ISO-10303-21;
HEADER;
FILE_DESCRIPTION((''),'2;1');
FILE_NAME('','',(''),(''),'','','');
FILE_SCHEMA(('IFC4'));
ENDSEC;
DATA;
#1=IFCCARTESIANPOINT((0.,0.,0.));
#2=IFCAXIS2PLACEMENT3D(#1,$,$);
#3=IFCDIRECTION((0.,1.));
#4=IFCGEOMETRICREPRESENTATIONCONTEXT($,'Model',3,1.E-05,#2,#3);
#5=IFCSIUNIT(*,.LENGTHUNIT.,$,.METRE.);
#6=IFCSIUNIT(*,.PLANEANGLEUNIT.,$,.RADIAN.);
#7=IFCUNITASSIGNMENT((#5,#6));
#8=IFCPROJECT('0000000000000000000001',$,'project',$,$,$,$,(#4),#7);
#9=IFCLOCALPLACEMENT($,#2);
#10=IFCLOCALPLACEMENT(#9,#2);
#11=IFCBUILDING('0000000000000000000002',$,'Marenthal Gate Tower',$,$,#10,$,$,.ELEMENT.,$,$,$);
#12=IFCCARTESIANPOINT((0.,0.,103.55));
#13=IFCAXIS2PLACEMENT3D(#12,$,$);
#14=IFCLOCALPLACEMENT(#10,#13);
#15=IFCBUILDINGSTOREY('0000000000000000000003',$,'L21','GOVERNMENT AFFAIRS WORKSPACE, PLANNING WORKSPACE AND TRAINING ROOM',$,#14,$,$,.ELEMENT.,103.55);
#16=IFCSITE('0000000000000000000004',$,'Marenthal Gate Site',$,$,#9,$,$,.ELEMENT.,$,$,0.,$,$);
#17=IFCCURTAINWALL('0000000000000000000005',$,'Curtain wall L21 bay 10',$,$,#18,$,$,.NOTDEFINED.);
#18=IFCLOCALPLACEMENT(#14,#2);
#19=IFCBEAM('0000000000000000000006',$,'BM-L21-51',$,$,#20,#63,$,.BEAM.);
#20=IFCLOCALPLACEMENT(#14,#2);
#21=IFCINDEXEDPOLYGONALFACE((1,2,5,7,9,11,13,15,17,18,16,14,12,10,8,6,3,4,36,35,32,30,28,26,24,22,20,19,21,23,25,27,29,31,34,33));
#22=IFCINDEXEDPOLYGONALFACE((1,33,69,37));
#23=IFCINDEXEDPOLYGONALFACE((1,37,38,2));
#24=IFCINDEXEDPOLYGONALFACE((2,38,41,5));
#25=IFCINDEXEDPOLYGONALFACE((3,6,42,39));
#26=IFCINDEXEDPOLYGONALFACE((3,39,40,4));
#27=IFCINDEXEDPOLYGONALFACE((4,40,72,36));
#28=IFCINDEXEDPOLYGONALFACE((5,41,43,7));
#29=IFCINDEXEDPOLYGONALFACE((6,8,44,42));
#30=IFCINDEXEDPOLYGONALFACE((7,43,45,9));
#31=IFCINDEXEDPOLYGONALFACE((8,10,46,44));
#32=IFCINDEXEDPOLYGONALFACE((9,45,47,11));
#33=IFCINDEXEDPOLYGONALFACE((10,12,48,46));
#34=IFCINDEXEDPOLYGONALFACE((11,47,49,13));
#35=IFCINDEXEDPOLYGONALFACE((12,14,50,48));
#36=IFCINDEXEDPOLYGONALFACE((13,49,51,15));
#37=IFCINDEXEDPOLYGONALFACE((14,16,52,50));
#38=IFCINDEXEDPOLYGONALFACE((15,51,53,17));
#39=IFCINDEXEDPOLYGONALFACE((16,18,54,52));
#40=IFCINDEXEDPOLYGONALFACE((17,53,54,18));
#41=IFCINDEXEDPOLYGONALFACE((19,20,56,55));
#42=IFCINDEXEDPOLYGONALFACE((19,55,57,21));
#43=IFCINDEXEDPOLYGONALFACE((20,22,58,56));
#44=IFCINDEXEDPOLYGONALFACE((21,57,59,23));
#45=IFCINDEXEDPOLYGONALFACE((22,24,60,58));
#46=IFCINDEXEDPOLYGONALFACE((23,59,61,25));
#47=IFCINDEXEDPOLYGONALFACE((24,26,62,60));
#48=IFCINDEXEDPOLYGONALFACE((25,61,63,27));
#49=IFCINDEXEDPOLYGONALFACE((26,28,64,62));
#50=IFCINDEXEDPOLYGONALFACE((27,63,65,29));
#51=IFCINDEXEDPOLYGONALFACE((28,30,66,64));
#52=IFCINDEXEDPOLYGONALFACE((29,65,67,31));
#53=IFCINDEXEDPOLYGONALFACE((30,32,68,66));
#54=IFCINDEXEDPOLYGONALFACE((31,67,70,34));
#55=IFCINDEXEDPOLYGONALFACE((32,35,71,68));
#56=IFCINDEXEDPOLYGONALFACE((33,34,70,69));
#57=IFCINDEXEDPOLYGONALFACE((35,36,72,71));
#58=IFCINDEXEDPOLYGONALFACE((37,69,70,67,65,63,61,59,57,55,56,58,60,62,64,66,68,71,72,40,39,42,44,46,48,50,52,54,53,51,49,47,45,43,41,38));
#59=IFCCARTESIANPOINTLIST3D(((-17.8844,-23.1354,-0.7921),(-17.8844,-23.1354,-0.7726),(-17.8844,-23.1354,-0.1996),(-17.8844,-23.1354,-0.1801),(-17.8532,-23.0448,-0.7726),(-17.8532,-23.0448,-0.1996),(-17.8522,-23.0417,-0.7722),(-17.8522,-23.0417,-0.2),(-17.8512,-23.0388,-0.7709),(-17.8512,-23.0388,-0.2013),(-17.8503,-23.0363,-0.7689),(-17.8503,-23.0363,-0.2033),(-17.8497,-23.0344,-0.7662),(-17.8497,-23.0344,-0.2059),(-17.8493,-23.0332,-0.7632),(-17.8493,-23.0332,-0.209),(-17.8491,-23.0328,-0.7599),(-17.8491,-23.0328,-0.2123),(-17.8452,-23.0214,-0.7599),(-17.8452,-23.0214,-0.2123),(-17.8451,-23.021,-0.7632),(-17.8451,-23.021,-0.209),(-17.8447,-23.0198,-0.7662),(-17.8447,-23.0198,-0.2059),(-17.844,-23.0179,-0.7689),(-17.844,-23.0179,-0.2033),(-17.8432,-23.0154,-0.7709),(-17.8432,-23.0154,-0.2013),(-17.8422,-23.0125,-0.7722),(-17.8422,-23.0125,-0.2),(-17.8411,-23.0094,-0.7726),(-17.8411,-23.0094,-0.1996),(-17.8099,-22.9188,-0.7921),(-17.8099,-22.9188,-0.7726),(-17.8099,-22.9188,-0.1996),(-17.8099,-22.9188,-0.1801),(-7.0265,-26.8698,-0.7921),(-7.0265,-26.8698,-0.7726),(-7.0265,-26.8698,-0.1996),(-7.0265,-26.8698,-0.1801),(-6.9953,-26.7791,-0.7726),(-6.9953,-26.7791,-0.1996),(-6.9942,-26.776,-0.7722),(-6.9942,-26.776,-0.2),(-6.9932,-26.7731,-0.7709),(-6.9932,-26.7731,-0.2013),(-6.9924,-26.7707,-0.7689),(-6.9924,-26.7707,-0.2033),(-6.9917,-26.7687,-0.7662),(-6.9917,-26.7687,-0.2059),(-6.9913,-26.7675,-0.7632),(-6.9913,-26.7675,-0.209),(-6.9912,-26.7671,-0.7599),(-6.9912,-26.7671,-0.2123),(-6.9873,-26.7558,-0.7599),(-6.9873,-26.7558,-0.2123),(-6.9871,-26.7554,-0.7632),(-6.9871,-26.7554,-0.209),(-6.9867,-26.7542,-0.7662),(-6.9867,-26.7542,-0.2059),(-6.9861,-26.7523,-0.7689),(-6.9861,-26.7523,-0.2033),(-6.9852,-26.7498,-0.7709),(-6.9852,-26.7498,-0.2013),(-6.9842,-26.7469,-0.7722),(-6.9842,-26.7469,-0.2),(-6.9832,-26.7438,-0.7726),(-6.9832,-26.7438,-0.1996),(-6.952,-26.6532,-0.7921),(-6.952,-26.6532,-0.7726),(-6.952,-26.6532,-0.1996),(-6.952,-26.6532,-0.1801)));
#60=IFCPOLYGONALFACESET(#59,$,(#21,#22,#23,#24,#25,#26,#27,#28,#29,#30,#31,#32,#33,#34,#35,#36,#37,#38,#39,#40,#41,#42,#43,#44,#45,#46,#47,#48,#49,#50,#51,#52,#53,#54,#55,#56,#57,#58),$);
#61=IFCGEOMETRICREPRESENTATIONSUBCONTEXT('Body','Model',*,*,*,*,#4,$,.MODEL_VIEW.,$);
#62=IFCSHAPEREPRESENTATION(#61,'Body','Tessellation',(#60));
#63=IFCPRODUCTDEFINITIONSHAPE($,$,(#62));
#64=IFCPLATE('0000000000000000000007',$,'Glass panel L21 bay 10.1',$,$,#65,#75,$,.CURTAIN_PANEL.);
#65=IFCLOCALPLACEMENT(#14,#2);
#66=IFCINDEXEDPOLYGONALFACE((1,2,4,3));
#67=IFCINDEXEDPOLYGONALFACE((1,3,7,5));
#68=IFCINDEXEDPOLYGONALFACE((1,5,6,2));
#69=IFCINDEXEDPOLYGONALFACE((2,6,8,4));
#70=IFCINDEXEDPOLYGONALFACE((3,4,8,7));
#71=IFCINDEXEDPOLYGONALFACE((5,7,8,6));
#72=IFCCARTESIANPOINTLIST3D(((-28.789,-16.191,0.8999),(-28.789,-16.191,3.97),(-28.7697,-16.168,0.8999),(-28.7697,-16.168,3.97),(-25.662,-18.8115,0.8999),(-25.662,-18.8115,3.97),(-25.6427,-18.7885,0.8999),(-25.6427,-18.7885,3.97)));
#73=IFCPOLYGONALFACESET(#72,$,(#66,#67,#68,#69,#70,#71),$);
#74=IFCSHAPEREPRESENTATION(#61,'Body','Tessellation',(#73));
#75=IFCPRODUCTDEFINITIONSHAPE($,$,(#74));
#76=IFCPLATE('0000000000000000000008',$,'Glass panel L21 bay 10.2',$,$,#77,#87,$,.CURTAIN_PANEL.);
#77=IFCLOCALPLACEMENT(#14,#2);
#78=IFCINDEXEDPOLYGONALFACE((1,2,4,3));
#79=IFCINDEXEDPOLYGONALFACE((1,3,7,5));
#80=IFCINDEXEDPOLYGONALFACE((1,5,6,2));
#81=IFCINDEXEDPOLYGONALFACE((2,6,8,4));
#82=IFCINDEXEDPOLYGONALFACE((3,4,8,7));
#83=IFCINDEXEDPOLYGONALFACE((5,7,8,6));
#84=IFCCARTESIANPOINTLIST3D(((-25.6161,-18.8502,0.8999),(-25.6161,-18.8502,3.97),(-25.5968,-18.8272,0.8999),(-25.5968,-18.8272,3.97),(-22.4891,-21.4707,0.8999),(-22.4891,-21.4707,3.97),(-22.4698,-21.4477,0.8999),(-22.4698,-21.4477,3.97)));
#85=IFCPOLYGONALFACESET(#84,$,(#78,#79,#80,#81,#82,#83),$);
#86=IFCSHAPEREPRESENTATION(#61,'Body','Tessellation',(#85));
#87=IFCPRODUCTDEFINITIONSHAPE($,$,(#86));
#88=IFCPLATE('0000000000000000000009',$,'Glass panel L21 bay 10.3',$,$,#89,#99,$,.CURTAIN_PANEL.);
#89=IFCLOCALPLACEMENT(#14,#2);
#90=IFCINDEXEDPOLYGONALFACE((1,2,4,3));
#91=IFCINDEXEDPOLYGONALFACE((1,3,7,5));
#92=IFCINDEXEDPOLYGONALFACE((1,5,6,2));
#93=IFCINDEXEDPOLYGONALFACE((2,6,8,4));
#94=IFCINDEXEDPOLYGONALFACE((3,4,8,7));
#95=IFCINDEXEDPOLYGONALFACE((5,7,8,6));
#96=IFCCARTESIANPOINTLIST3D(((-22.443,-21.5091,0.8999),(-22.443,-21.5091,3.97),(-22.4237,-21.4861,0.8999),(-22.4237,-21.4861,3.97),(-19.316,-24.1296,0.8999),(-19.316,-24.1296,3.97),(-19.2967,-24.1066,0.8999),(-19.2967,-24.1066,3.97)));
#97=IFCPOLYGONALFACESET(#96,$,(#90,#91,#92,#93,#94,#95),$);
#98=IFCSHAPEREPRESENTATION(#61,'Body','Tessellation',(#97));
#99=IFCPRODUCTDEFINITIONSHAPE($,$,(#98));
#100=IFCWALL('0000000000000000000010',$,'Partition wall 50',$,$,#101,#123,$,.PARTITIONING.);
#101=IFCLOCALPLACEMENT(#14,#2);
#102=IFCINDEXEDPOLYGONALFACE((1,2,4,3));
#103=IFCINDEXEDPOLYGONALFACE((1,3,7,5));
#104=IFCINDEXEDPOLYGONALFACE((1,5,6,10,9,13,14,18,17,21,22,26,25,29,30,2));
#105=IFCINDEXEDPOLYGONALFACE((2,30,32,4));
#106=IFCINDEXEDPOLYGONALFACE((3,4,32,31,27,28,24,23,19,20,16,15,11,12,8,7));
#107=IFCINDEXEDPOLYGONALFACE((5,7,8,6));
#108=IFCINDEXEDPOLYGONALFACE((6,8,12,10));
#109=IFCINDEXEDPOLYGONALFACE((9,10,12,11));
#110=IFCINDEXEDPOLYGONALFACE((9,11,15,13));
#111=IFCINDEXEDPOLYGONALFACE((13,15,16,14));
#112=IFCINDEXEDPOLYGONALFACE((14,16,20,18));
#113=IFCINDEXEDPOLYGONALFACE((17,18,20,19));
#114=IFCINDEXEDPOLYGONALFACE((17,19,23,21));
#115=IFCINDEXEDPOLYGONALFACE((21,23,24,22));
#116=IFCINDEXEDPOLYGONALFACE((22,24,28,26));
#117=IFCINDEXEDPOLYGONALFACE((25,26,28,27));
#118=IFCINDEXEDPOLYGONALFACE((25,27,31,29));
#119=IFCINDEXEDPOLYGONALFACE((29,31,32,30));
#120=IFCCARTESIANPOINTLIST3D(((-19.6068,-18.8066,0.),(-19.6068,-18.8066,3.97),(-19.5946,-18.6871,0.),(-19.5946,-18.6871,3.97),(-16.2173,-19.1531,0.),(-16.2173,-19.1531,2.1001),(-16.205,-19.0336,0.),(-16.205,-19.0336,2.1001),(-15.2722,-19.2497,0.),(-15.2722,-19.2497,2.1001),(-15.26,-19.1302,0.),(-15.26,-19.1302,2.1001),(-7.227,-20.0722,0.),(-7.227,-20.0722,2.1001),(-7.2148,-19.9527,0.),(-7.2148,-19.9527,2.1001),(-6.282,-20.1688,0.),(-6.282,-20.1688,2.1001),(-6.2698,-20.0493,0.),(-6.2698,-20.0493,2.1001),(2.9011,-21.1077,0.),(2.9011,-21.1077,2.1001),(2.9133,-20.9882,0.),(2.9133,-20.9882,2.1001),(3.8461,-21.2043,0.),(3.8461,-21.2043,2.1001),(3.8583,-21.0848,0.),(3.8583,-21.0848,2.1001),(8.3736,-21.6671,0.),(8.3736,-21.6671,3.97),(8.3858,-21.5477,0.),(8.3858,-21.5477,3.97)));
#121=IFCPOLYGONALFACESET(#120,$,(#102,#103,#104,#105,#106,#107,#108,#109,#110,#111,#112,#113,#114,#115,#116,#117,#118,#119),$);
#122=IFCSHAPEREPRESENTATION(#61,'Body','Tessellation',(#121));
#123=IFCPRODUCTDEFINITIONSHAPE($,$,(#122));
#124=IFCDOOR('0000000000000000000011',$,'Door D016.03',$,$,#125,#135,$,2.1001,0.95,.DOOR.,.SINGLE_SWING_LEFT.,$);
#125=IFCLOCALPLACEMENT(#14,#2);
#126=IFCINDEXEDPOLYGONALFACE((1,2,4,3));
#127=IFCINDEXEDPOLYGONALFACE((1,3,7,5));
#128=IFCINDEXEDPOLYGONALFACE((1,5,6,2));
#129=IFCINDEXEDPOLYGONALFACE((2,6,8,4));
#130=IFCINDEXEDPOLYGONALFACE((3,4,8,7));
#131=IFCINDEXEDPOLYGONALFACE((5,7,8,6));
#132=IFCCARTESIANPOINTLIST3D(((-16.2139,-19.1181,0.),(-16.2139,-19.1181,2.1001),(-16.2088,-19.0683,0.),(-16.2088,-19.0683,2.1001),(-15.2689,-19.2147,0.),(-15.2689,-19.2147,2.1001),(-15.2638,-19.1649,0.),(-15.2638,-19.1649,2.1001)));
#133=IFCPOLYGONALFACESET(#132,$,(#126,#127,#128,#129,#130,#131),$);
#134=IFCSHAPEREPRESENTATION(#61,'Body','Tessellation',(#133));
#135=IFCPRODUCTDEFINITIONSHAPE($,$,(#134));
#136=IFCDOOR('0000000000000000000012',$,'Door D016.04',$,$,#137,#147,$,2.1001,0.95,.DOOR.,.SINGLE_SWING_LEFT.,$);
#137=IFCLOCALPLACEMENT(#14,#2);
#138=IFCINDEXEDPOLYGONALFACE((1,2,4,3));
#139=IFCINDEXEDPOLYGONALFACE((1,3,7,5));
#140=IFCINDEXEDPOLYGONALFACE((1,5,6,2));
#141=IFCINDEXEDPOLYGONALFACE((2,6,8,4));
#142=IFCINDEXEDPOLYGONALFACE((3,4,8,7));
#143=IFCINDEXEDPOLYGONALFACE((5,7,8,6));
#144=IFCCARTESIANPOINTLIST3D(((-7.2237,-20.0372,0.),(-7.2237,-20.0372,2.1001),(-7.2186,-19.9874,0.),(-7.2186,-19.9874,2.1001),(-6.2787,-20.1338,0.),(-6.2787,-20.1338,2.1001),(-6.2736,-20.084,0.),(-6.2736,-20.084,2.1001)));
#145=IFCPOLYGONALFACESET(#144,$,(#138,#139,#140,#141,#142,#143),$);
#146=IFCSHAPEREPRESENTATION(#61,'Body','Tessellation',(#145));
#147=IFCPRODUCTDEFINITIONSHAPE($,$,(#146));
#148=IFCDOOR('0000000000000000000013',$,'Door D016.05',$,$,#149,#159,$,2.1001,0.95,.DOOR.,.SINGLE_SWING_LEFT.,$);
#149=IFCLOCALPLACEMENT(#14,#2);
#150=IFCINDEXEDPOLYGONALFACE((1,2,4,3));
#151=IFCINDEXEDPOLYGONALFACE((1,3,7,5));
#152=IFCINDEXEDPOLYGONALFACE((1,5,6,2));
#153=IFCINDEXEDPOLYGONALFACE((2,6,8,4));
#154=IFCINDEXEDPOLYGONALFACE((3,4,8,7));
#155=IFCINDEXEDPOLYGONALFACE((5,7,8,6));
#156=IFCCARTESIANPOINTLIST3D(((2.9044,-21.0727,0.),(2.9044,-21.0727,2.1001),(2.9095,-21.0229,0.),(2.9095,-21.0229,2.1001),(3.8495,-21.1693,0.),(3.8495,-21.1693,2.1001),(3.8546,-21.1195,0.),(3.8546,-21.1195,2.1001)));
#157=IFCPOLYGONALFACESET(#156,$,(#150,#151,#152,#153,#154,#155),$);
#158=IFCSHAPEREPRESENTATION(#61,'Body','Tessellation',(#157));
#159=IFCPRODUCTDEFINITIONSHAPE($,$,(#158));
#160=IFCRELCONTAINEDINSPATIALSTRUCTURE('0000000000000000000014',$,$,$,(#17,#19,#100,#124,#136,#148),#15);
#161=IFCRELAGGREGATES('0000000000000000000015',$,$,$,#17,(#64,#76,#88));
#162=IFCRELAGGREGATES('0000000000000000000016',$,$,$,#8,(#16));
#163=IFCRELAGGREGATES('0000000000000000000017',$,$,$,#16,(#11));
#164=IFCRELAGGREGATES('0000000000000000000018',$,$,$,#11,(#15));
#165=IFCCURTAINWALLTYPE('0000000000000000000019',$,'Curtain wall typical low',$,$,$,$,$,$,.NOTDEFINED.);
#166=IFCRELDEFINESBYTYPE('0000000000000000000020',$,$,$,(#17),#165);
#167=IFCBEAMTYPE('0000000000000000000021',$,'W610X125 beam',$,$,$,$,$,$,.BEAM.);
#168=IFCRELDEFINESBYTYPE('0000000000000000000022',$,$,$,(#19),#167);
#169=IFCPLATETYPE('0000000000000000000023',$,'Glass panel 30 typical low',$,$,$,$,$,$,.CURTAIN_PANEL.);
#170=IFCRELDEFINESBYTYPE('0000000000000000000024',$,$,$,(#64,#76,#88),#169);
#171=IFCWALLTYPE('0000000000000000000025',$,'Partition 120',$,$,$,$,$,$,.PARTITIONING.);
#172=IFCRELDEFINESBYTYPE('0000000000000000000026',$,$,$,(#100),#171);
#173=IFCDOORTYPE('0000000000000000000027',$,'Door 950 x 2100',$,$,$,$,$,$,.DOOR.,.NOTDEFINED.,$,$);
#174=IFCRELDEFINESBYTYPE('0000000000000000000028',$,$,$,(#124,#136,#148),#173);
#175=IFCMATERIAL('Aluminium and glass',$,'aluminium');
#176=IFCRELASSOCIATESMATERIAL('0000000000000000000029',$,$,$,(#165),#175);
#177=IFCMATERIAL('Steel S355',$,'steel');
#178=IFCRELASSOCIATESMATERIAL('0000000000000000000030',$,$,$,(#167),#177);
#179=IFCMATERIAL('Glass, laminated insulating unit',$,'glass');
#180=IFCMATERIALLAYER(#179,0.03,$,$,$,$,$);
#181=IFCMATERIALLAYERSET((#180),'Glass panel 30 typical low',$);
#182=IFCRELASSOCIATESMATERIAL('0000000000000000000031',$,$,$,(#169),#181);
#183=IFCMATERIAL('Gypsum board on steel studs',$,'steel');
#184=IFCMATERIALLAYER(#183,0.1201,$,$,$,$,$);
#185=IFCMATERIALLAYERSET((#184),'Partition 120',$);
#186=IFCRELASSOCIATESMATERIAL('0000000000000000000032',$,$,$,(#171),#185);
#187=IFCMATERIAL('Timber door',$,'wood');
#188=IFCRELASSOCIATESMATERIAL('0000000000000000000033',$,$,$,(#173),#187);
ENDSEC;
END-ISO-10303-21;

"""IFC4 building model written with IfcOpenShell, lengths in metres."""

from ifc_helpers import new_model, si_unit, direction, frame, frame_2d, origin, origin_2d, place, context, subcontext, project, spatial, rectangle, i_section, extrude, material, layer, layer_set, material_profile, profile_set, type_object, element, fill, aggregate, save


model = new_model("IFC4")

# Units and contexts
model_context = context("Model", 3, precision=1e-05, world=origin(), true_north=direction((0.0, 1.0)))
body_context = subcontext(model_context, "Body", "Model", "MODEL_VIEW")
ifc_project = project(units=[si_unit("LENGTHUNIT", "METRE"), si_unit("PLANEANGLEUNIT", "RADIAN")], contexts=[model_context])

# Site, building, storey
site_placement = place(None, origin())
site = spatial("IfcSite", under=ifc_project, at=site_placement, Name="Marenthal Gate Site", CompositionType="ELEMENT", RefElevation=0.0)
building_placement = place(site_placement, origin())
building = spatial("IfcBuilding", under=site, at=building_placement, Name="Marenthal Gate Tower", CompositionType="ELEMENT")
storey_placement = place(building_placement, frame((0.0, 0.0, 103.55)))
storey = spatial("IfcBuildingStorey", under=building, at=storey_placement, Name="L21", Description="GOVERNMENT AFFAIRS WORKSPACE, PLANNING WORKSPACE AND TRAINING ROOM", CompositionType="ELEMENT", Elevation=103.55)

# Curtain wall
ifc_material_1 = material(Name="Aluminium and glass", Category="aluminium")
curtain_wall_type = type_object("IfcCurtainWallType", Name="Curtain wall typical low", PredefinedType="NOTDEFINED", material=ifc_material_1)
curtain_wall_placement = place(storey_placement, origin())
curtain_wall = element("IfcCurtainWall", 1, at=curtain_wall_placement, inside=storey, type_object=curtain_wall_type, Name="Curtain wall L21 bay 10", PredefinedType="NOTDEFINED")

# Beam
ifc_material_2 = material(Name="Steel S355", Category="steel")
ifc_material_profile_1 = material_profile(ifc_material_2, i_section(OverallWidth=0.229, OverallDepth=0.6121, WebThickness=0.012, FlangeThickness=0.0195, FilletRadius=0.0127, at=origin_2d()), Name="W610X125")
ifc_profile_set_1 = profile_set([ifc_material_profile_1], Name="Steel S355")
beam_type_1 = type_object("IfcBeamType", Name="W610X125 beam", PredefinedType="BEAM", material=ifc_profile_set_1)
beam_1_placement = place(storey_placement, frame((-17.8472, -23.0271, -0.4861), z_axis=(0.945634, -0.325233, 0.0), x_axis=(0.325233, 0.945634, 0.0)))
element("IfcBeam", 2, at=beam_1_placement, inside=storey, type_object=beam_type_1, Name="BM-L21-51", PredefinedType="BEAM", context=body_context, shape_type="SweptSolid", body=[
    extrude(i_section(OverallWidth=0.229, OverallDepth=0.6121, WebThickness=0.012, FlangeThickness=0.0195, FilletRadius=0.0127, at=origin_2d()), origin(), (0.0, 0.0, 1.0), 11.4822),
])

# Plates
ifc_material_3 = material(Name="Glass, laminated insulating unit", Category="glass")
ifc_layer_1 = layer(ifc_material_3, 0.03)
ifc_layer_set_1 = layer_set([ifc_layer_1], Name="Glass panel 30 typical low")
plate_type = type_object("IfcPlateType", Name="Glass panel 30 typical low", PredefinedType="CURTAIN_PANEL", material=ifc_layer_set_1)
plate_1_placement = place(storey_placement, frame((-27.2158, -17.4897, 0.8999), z_axis=(0.0, 0.0, 1.0), x_axis=(0.766447, -0.642308, 0.0)))
plate_1 = element("IfcPlate", 3, at=plate_1_placement, type_object=plate_type, Name="Glass panel L21 bay 10.1", PredefinedType="CURTAIN_PANEL", context=body_context, shape_type="SweptSolid", body=[
    extrude(rectangle(XDim=4.0798, YDim=0.03, at=origin_2d()), origin(), (0.0, 0.0, 1.0), 3.0701),
])
plate_2_placement = place(storey_placement, frame((-24.043, -20.1489, 0.8999), z_axis=(0.0, 0.0, 1.0), x_axis=(0.766447, -0.642308, 0.0)))
plate_2 = element("IfcPlate", 4, at=plate_2_placement, type_object=plate_type, Name="Glass panel L21 bay 10.2", PredefinedType="CURTAIN_PANEL", context=body_context, shape_type="SweptSolid", body=[
    extrude(rectangle(XDim=4.0798, YDim=0.03, at=origin_2d()), origin(), (0.0, 0.0, 1.0), 3.0701),
])
plate_3_placement = place(storey_placement, frame((-20.8699, -22.8079, 0.8999), z_axis=(0.0, 0.0, 1.0), x_axis=(0.766447, -0.642308, 0.0)))
plate_3 = element("IfcPlate", 5, at=plate_3_placement, type_object=plate_type, Name="Glass panel L21 bay 10.3", PredefinedType="CURTAIN_PANEL", context=body_context, shape_type="SweptSolid", body=[
    extrude(rectangle(XDim=4.0798, YDim=0.03, at=origin_2d()), origin(), (0.0, 0.0, 1.0), 3.0701),
])
aggregate(curtain_wall, [plate_1, plate_2, plate_3])

# Wall, openings, doors
ifc_material_4 = material(Name="Gypsum board on steel studs", Category="steel")
ifc_layer_2 = layer(ifc_material_4, 0.1201)
ifc_layer_set_2 = layer_set([ifc_layer_2], Name="Partition 120")
wall_type_1 = type_object("IfcWallType", Name="Partition 120", PredefinedType="PARTITIONING", material=ifc_layer_set_2)
wall_1_placement = place(storey_placement, frame((-19.6006, -18.7468, 0.0), z_axis=(0.0, 0.0, 1.0), x_axis=(0.994815, -0.101705, 0.0)))
wall_1 = element("IfcWall", 6, at=wall_1_placement, inside=storey, type_object=wall_type_1, Name="Partition wall 50", PredefinedType="PARTITIONING", context=body_context, shape_type="SweptSolid", body=[
    extrude(rectangle(XDim=28.1262, YDim=0.1201, at=frame_2d((14.063, 0.0))), origin(), (0.0, 0.0, 1.0), 3.97),
])
opening_1_placement = place(wall_1_placement, frame((3.407, 0.0, 0.0)))
opening_1 = element("IfcOpeningElement", 7, at=opening_1_placement, cuts=wall_1, PredefinedType="OPENING", context=body_context, shape_type="SweptSolid", body=[
    extrude(rectangle(XDim=0.95, YDim=2.1001, at=frame_2d((0.4751, 1.05))), frame((0.0, 0.0701, 0.0), z_axis=(0.0, -1.0, 0.0), x_axis=(1.0, 0.0, 0.0)), (0.0, 0.0, 1.0), 0.1401),
])
opening_2_placement = place(wall_1_placement, frame((12.4441, 0.0, 0.0)))
opening_2 = element("IfcOpeningElement", 8, at=opening_2_placement, cuts=wall_1, PredefinedType="OPENING", context=body_context, shape_type="SweptSolid", body=[
    extrude(rectangle(XDim=0.95, YDim=2.1001, at=frame_2d((0.4751, 1.05))), frame((0.0, 0.0701, 0.0), z_axis=(0.0, -1.0, 0.0), x_axis=(1.0, 0.0, 0.0)), (0.0, 0.0, 1.0), 0.1401),
])
opening_3_placement = place(wall_1_placement, frame((22.625, 0.0, 0.0)))
opening_3 = element("IfcOpeningElement", 9, at=opening_3_placement, cuts=wall_1, PredefinedType="OPENING", context=body_context, shape_type="SweptSolid", body=[
    extrude(rectangle(XDim=0.95, YDim=2.1001, at=frame_2d((0.4751, 1.05))), frame((0.0, 0.0701, 0.0), z_axis=(0.0, -1.0, 0.0), x_axis=(1.0, 0.0, 0.0)), (0.0, 0.0, 1.0), 0.1401),
])
ifc_material_5 = material(Name="Timber door", Category="wood")
door_type_1 = type_object("IfcDoorType", Name="Door 950 x 2100", OperationType="NOTDEFINED", PredefinedType="DOOR", material=ifc_material_5)
door_1_placement = place(opening_1_placement, frame((0.95, 0.0, 0.0), z_axis=(0.0, 0.0, 1.0), x_axis=(-1.0, 0.0, 0.0)))
door_1 = element("IfcDoor", 10, at=door_1_placement, inside=storey, type_object=door_type_1, Name="Door D016.03", OperationType="SINGLE_SWING_LEFT", OverallHeight=2.1001, OverallWidth=0.95, PredefinedType="DOOR", context=body_context, shape_type="SweptSolid", body=[
    extrude(rectangle(XDim=0.95, YDim=2.1001, at=frame_2d((0.4751, 1.05))), frame((0.0, 0.0249, 0.0), z_axis=(0.0, -1.0, 0.0), x_axis=(1.0, 0.0, 0.0)), (0.0, 0.0, 1.0), 0.05),
])
fill(opening_1, door_1)
door_2_placement = place(opening_2_placement, frame((0.95, 0.0, 0.0), z_axis=(0.0, 0.0, 1.0), x_axis=(-1.0, 0.0, 0.0)))
door_2 = element("IfcDoor", 11, at=door_2_placement, inside=storey, type_object=door_type_1, Name="Door D016.04", OperationType="SINGLE_SWING_LEFT", OverallHeight=2.1001, OverallWidth=0.95, PredefinedType="DOOR", context=body_context, shape_type="SweptSolid", body=[
    extrude(rectangle(XDim=0.95, YDim=2.1001, at=frame_2d((0.4751, 1.05))), frame((0.0, 0.0249, 0.0), z_axis=(0.0, -1.0, 0.0), x_axis=(1.0, 0.0, 0.0)), (0.0, 0.0, 1.0), 0.05),
])
fill(opening_2, door_2)
door_3_placement = place(opening_3_placement, frame((0.95, 0.0, 0.0), z_axis=(0.0, 0.0, 1.0), x_axis=(-1.0, 0.0, 0.0)))
door_3 = element("IfcDoor", 12, at=door_3_placement, inside=storey, type_object=door_type_1, Name="Door D016.05", OperationType="SINGLE_SWING_LEFT", OverallHeight=2.1001, OverallWidth=0.95, PredefinedType="DOOR", context=body_context, shape_type="SweptSolid", body=[
    extrude(rectangle(XDim=0.95, YDim=2.1001, at=frame_2d((0.4751, 1.05))), frame((0.0, 0.0249, 0.0), z_axis=(0.0, -1.0, 0.0), x_axis=(1.0, 0.0, 0.0)), (0.0, 0.0, 1.0), 0.05),
])
fill(opening_3, door_3)

save(model, "model.ifc")
